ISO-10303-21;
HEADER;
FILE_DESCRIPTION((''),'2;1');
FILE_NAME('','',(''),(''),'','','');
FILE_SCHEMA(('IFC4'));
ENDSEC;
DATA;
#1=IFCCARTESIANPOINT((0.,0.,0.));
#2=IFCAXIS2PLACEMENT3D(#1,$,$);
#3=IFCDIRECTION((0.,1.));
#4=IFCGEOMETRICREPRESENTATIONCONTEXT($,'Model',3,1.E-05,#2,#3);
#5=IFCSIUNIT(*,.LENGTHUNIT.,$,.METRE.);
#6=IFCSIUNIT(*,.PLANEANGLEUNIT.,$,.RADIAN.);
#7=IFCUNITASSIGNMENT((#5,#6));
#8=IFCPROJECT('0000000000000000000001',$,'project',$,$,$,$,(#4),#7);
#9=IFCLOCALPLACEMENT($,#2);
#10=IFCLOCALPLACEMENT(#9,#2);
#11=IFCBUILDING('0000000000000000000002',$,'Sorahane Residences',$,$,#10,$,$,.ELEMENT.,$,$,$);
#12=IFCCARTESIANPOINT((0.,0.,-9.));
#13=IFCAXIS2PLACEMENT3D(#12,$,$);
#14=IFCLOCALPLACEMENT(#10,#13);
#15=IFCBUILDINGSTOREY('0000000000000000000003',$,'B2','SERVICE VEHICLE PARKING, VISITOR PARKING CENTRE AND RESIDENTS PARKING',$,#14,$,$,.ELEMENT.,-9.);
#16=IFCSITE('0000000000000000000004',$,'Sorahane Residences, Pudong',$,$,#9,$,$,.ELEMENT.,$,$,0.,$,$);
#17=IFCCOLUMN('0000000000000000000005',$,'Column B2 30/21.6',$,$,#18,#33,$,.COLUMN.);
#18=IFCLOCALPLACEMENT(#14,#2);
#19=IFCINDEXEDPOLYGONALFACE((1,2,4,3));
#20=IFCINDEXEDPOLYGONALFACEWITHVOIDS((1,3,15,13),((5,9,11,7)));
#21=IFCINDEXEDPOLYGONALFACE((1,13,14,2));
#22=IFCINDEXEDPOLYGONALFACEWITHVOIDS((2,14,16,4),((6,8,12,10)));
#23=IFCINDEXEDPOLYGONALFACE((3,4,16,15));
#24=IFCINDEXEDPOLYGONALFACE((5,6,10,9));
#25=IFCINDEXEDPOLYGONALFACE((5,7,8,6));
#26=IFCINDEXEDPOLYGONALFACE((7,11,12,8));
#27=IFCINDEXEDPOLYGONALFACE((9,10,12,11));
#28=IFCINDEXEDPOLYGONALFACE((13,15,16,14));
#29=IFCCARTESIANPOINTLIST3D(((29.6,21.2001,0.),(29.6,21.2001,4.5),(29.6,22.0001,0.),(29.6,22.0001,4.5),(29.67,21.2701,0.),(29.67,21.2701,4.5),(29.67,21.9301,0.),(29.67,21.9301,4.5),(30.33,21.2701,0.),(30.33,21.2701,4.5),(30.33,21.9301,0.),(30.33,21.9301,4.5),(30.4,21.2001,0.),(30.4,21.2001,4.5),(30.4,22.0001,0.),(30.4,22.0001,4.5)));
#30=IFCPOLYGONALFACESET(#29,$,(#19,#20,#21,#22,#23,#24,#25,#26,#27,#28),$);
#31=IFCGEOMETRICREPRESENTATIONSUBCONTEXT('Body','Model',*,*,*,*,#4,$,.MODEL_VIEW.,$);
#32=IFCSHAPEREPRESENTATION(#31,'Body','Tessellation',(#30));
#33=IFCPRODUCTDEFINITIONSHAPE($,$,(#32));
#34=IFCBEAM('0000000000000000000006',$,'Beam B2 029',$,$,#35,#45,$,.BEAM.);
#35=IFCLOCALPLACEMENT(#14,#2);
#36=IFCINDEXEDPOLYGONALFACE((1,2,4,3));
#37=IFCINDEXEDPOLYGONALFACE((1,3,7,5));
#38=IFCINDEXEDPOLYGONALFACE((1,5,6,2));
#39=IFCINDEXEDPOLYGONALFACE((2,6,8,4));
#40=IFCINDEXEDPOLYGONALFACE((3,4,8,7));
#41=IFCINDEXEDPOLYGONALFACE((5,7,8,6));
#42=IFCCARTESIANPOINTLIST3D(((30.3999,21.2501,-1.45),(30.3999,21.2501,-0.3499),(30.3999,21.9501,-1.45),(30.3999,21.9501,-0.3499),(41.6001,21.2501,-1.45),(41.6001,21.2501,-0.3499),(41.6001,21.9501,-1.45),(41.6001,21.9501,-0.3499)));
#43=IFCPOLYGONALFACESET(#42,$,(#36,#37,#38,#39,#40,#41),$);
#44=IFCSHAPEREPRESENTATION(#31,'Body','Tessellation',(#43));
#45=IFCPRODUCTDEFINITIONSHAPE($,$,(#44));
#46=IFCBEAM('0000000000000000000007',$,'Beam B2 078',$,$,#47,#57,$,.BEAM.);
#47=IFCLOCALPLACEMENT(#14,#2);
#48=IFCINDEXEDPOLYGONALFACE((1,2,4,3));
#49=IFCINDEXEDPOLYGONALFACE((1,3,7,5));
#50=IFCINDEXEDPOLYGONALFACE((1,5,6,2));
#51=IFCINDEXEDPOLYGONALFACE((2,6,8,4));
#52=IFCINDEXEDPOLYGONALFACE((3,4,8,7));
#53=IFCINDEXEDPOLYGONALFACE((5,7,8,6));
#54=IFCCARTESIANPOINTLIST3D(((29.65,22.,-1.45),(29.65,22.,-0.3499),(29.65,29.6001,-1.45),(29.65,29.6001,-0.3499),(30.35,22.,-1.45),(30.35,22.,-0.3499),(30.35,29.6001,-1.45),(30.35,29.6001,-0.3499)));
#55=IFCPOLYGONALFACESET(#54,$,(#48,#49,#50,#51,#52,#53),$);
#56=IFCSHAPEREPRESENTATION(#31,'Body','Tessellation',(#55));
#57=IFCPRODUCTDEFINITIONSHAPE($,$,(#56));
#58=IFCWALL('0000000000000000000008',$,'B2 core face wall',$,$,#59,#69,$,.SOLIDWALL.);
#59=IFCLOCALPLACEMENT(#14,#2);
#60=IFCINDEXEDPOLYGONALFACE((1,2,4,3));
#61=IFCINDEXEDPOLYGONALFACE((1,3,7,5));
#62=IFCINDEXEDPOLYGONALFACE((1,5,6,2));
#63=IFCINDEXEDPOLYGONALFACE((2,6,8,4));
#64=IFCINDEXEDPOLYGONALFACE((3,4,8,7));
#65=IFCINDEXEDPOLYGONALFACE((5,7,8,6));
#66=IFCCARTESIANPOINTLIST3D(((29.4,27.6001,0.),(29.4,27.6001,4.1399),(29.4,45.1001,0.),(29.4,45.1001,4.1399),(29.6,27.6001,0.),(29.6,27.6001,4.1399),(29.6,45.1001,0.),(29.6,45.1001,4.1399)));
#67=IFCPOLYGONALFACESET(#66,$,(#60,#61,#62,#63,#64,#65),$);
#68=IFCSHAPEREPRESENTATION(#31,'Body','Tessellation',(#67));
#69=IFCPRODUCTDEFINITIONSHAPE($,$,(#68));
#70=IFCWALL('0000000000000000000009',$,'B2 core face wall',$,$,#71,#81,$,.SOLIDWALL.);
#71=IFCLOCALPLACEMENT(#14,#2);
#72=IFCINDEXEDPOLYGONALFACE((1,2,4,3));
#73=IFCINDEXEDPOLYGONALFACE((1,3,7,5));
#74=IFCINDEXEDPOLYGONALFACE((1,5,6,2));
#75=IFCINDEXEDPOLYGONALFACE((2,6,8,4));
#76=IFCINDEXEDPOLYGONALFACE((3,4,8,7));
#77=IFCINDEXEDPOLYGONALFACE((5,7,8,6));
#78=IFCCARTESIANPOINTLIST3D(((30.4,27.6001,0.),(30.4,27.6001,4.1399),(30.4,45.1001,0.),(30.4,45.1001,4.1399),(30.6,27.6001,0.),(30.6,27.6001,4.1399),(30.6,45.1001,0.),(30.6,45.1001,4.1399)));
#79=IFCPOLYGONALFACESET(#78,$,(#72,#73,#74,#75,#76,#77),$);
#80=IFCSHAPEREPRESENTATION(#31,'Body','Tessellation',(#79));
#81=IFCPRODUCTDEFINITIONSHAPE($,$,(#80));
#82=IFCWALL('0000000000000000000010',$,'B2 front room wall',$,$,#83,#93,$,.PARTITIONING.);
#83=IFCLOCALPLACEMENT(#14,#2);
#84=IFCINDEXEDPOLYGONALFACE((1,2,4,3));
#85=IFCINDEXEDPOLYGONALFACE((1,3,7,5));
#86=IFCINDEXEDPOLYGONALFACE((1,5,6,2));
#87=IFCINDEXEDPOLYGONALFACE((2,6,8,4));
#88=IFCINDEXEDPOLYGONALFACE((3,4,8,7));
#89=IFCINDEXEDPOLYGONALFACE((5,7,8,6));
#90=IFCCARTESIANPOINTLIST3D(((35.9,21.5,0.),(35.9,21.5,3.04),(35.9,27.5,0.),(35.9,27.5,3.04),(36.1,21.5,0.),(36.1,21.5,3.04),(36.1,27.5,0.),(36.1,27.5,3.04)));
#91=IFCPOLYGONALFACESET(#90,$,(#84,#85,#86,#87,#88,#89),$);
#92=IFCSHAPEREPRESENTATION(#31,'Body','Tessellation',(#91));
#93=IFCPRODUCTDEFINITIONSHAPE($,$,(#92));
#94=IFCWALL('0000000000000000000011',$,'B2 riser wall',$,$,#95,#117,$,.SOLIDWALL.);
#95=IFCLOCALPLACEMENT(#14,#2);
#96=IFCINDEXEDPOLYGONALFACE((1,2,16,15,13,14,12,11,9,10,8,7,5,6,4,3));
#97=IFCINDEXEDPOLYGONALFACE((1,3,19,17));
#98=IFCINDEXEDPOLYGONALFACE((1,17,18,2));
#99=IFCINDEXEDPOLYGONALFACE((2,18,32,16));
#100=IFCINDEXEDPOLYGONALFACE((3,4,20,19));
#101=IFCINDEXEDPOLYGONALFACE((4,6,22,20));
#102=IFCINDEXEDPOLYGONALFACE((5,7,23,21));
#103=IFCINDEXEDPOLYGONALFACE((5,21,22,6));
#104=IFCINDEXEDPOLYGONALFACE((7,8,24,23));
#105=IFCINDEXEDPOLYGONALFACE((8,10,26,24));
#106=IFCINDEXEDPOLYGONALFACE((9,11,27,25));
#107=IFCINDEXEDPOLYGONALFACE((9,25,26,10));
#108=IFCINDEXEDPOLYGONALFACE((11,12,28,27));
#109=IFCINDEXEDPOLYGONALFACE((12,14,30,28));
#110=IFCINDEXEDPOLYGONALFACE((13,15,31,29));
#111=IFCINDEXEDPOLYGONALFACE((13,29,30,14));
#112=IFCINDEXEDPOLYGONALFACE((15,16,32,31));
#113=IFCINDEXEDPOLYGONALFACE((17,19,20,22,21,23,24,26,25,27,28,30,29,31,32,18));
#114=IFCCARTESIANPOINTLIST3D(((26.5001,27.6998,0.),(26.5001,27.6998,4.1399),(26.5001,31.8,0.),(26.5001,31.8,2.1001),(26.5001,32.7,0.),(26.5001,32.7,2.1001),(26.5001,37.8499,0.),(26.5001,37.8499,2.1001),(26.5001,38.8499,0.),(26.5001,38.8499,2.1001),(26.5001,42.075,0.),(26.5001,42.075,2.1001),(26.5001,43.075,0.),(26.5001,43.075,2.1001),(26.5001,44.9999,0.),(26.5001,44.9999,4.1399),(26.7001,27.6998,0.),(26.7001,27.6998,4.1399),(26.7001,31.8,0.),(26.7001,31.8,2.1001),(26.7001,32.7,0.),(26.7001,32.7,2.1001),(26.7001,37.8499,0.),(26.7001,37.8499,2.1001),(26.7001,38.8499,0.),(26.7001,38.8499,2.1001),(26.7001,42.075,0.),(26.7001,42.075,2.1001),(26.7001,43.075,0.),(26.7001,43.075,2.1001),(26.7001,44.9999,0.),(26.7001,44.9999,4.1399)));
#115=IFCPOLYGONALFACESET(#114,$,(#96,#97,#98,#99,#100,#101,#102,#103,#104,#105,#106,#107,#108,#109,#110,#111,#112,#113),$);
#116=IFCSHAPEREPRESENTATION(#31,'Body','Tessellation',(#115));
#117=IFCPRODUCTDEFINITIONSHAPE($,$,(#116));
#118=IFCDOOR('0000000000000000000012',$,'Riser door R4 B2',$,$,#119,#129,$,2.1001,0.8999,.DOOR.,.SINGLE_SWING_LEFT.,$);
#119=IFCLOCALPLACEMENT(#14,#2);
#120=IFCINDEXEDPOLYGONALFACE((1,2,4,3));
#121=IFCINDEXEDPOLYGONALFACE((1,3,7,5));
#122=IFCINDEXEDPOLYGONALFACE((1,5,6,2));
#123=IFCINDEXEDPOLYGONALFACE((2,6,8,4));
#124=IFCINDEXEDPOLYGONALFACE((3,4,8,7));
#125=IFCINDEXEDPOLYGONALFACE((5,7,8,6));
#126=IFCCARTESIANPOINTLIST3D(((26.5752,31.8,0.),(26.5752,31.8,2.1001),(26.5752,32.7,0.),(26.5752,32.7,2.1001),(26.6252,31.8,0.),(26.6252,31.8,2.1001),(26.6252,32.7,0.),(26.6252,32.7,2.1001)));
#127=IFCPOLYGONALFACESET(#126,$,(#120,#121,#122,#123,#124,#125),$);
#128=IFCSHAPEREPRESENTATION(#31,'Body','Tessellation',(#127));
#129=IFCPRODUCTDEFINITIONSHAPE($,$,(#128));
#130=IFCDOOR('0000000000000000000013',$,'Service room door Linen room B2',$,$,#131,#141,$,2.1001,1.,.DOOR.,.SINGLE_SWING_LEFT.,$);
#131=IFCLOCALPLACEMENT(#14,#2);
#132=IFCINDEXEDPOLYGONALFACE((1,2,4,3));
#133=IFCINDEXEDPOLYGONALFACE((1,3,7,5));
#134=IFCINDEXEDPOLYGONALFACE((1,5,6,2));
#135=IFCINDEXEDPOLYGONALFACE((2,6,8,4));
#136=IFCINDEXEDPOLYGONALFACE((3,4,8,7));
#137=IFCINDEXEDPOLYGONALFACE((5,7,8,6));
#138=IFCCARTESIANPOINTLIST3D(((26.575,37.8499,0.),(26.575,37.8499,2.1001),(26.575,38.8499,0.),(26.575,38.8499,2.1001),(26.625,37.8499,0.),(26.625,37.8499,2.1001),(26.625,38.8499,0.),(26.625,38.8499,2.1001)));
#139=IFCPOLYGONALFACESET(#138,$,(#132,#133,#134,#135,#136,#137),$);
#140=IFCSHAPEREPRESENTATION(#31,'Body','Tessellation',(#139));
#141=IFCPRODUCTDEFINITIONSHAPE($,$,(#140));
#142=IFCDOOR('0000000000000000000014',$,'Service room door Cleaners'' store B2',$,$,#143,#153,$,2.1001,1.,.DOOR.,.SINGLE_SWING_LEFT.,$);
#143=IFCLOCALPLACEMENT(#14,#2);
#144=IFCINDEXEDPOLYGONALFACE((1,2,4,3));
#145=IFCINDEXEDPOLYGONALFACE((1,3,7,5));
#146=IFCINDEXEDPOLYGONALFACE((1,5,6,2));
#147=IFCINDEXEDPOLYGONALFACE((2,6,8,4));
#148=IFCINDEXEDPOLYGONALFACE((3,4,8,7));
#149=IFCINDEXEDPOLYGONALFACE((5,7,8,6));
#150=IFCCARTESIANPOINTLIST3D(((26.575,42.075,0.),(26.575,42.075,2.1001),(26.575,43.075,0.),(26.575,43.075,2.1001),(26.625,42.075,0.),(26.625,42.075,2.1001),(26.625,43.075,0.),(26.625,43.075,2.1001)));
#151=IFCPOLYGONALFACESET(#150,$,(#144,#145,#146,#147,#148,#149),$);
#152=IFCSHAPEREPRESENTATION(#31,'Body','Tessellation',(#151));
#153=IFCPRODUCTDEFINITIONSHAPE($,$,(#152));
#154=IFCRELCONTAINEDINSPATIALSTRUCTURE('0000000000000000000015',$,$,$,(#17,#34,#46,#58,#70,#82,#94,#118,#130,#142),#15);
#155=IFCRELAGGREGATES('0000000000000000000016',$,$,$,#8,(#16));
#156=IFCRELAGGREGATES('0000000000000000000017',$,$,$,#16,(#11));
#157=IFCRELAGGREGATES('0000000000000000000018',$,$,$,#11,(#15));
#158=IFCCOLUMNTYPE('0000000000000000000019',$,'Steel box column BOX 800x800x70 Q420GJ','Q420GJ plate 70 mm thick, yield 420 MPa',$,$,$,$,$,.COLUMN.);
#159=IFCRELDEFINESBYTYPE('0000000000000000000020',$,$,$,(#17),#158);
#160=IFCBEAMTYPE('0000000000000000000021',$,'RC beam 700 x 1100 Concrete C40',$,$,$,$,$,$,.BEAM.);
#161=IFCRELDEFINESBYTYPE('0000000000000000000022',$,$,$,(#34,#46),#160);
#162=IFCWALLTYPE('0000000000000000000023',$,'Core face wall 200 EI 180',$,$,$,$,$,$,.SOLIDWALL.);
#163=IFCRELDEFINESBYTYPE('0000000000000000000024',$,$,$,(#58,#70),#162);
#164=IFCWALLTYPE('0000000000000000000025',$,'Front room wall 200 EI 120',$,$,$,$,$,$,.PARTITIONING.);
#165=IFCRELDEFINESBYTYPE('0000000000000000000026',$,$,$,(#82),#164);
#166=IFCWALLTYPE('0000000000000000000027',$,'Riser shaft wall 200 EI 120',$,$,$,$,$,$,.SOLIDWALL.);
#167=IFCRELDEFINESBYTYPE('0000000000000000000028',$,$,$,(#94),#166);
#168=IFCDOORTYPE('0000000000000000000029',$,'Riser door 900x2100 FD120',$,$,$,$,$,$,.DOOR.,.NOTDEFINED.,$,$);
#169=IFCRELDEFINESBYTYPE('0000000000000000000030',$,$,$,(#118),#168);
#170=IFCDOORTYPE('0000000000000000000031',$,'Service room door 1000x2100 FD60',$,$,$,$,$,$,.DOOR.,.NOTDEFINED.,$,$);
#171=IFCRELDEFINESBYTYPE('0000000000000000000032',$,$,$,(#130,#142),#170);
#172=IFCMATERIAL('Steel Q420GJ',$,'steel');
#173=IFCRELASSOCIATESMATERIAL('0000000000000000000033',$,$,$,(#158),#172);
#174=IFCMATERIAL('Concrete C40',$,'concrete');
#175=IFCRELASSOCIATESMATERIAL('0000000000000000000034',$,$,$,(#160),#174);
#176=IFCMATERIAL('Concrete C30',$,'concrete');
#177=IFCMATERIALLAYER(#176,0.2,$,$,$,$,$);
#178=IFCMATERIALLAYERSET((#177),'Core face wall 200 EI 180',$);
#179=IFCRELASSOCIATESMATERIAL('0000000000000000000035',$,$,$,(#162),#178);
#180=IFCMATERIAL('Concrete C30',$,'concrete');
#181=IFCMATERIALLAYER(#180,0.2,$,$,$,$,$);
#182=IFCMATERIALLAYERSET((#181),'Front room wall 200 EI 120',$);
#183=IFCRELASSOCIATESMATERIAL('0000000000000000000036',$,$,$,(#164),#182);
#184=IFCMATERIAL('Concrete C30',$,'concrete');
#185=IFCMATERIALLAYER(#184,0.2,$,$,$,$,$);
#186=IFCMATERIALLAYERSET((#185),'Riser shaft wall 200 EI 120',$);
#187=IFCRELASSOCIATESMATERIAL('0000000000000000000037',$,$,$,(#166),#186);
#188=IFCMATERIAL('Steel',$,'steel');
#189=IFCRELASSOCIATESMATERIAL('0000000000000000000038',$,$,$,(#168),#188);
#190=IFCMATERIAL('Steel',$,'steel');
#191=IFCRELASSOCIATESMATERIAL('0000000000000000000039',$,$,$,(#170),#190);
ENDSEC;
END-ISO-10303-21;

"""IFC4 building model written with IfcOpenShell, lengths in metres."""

from ifc_helpers import new_model, si_unit, direction, frame, frame_2d, origin, origin_2d, place, context, subcontext, project, spatial, rectangle, hollow_rectangle, extrude, material, layer, layer_set, material_profile, profile_set, type_object, element, fill, save


model = new_model("IFC4")

# Units and contexts
model_context = context("Model", 3, precision=1e-05, world=origin(), true_north=direction((0.0, 1.0)))
body_context = subcontext(model_context, "Body", "Model", "MODEL_VIEW")
ifc_project = project(units=[si_unit("LENGTHUNIT", "METRE"), si_unit("PLANEANGLEUNIT", "RADIAN")], contexts=[model_context])

# Site, building, storey
site_placement = place(None, origin())
site = spatial("IfcSite", under=ifc_project, at=site_placement, Name="Sorahane Residences, Pudong", CompositionType="ELEMENT", RefElevation=0.0)
building_placement = place(site_placement, origin())
building = spatial("IfcBuilding", under=site, at=building_placement, Name="Sorahane Residences", CompositionType="ELEMENT")
storey_placement = place(building_placement, frame((0.0, 0.0, -9.0)))
storey = spatial("IfcBuildingStorey", under=building, at=storey_placement, Name="B2", Description="SERVICE VEHICLE PARKING, VISITOR PARKING CENTRE AND RESIDENTS PARKING", CompositionType="ELEMENT", Elevation=-9.0)

# Column
ifc_material_1 = material(Name="Steel Q420GJ", Category="steel")
ifc_material_profile_1 = material_profile(ifc_material_1, hollow_rectangle(XDim=0.8, YDim=0.8, WallThickness=0.0701, at=origin_2d()), Name="BOX 800x800x70")
ifc_profile_set_1 = profile_set([ifc_material_profile_1], Name="Steel Q420GJ")
column_type = type_object("IfcColumnType", Name="Steel box column BOX 800x800x70 Q420GJ", Description="Q420GJ plate 70 mm thick, yield 420 MPa", PredefinedType="COLUMN", material=ifc_profile_set_1)
column_placement = place(storey_placement, frame((30.0, 21.6001, 0.0), z_axis=(0.0, 0.0, 1.0), x_axis=(1.0, 0.0, 0.0)))
element("IfcColumn", 1, at=column_placement, inside=storey, type_object=column_type, Name="Column B2 30/21.6", PredefinedType="COLUMN", context=body_context, shape_type="SweptSolid", body=[
    extrude(hollow_rectangle(XDim=0.8, YDim=0.8, WallThickness=0.0701, at=origin_2d()), origin(), (0.0, 0.0, 1.0), 4.5),
])

# Beams
ifc_material_2 = material(Name="Concrete C40", Category="concrete")
ifc_material_profile_2 = material_profile(ifc_material_2, rectangle(XDim=0.7, YDim=1.1001, at=origin_2d()), Name="700x1100")
ifc_profile_set_2 = profile_set([ifc_material_profile_2], Name="Concrete C40")
beam_type = type_object("IfcBeamType", Name="RC beam 700 x 1100 Concrete C40", PredefinedType="BEAM", material=ifc_profile_set_2)
beam_1_placement = place(storey_placement, frame((30.3999, 21.6001, -0.8999), z_axis=(1.0, 0.0, 0.0), x_axis=(0.0, 1.0, 0.0)))
element("IfcBeam", 2, at=beam_1_placement, inside=storey, type_object=beam_type, Name="Beam B2 029", PredefinedType="BEAM", context=body_context, shape_type="SweptSolid", body=[
    extrude(rectangle(XDim=0.7, YDim=1.1001, at=origin_2d()), origin(), (0.0, 0.0, 1.0), 11.2002),
])
beam_2_placement = place(storey_placement, frame((30.0, 22.0, -0.8999), z_axis=(0.0, 1.0, 0.0), x_axis=(-1.0, 0.0, 0.0)))
element("IfcBeam", 3, at=beam_2_placement, inside=storey, type_object=beam_type, Name="Beam B2 078", PredefinedType="BEAM", context=body_context, shape_type="SweptSolid", body=[
    extrude(rectangle(XDim=0.7, YDim=1.1001, at=origin_2d()), origin(), (0.0, 0.0, 1.0), 7.6001),
])

# Walls
ifc_material_3 = material(Name="Concrete C30", Category="concrete")
ifc_layer_1 = layer(ifc_material_3, 0.2)
ifc_layer_set_1 = layer_set([ifc_layer_1], Name="Core face wall 200 EI 180")
wall_type_1 = type_object("IfcWallType", Name="Core face wall 200 EI 180", PredefinedType="SOLIDWALL", material=ifc_layer_set_1)
for number, where, z_axis, x_axis, name in (
    (4, (29.5, 27.6001, 0.0), (0.0, 0.0, 1.0), (0.0, 1.0, 0.0), "B2 core face wall"),
    (5, (30.5, 27.6001, 0.0), (0.0, 0.0, 1.0), (0.0, 1.0, 0.0), "B2 core face wall"),
):
    element("IfcWall", number, at=place(storey_placement, frame(where, z_axis=z_axis, x_axis=x_axis)), inside=storey, type_object=wall_type_1, Name=name, PredefinedType="SOLIDWALL", context=body_context, shape_type="SweptSolid", body=[
        extrude(rectangle(XDim=17.5, YDim=0.2, at=frame_2d((8.75, 0.0))), origin(), (0.0, 0.0, 1.0), 4.1399),
    ])
ifc_material_4 = material(Name="Concrete C30", Category="concrete")
ifc_layer_2 = layer(ifc_material_4, 0.2)
ifc_layer_set_2 = layer_set([ifc_layer_2], Name="Front room wall 200 EI 120")
wall_type_2 = type_object("IfcWallType", Name="Front room wall 200 EI 120", PredefinedType="PARTITIONING", material=ifc_layer_set_2)
wall_1_placement = place(storey_placement, frame((36.0, 21.5, 0.0), z_axis=(0.0, 0.0, 1.0), x_axis=(0.0, 1.0, 0.0)))
element("IfcWall", 6, at=wall_1_placement, inside=storey, type_object=wall_type_2, Name="B2 front room wall", PredefinedType="PARTITIONING", context=body_context, shape_type="SweptSolid", body=[
    extrude(rectangle(XDim=6.0, YDim=0.2, at=frame_2d((3.0, 0.0))), origin(), (0.0, 0.0, 1.0), 3.04),
])

# Wall, openings, doors
ifc_material_5 = material(Name="Concrete C30", Category="concrete")
ifc_layer_3 = layer(ifc_material_5, 0.2)
ifc_layer_set_3 = layer_set([ifc_layer_3], Name="Riser shaft wall 200 EI 120")
wall_type_3 = type_object("IfcWallType", Name="Riser shaft wall 200 EI 120", PredefinedType="SOLIDWALL", material=ifc_layer_set_3)
wall_2_placement = place(storey_placement, frame((26.6001, 27.7, 0.0), z_axis=(0.0, 0.0, 1.0), x_axis=(0.0, 1.0, 0.0)))
wall_2 = element("IfcWall", 7, at=wall_2_placement, inside=storey, type_object=wall_type_3, Name="B2 riser wall", PredefinedType="SOLIDWALL", context=body_context, shape_type="SweptSolid", body=[
    extrude(rectangle(XDim=17.3, YDim=0.2, at=frame_2d((8.6499, 0.0))), origin(), (0.0, 0.0, 1.0), 4.1399),
])
opening_1_placement = place(wall_2_placement, frame((4.1001, 0.0, 0.0)))
opening_1 = element("IfcOpeningElement", 8, at=opening_1_placement, cuts=wall_2, PredefinedType="OPENING", context=body_context, shape_type="SweptSolid", body=[
    extrude(rectangle(XDim=0.8999, YDim=2.1001, at=frame_2d((0.45, 1.05))), frame((0.0, 0.1099, 0.0), z_axis=(0.0, -1.0, 0.0), x_axis=(1.0, 0.0, 0.0)), (0.0, 0.0, 1.0), 0.22),
])
opening_2_placement = place(wall_2_placement, frame((10.1499, 0.0, 0.0)))
opening_2 = element("IfcOpeningElement", 9, at=opening_2_placement, cuts=wall_2, PredefinedType="OPENING", context=body_context, shape_type="SweptSolid", body=[
    extrude(rectangle(XDim=1.0, YDim=2.1001, at=frame_2d((0.5, 1.05))), frame((0.0, 0.1099, 0.0), z_axis=(0.0, -1.0, 0.0), x_axis=(1.0, 0.0, 0.0)), (0.0, 0.0, 1.0), 0.22),
])
opening_3_placement = place(wall_2_placement, frame((14.375, 0.0, 0.0)))
opening_3 = element("IfcOpeningElement", 10, at=opening_3_placement, cuts=wall_2, PredefinedType="OPENING", context=body_context, shape_type="SweptSolid", body=[
    extrude(rectangle(XDim=1.0, YDim=2.1001, at=frame_2d((0.5, 1.05))), frame((0.0, 0.1099, 0.0), z_axis=(0.0, -1.0, 0.0), x_axis=(1.0, 0.0, 0.0)), (0.0, 0.0, 1.0), 0.22),
])
ifc_material_6 = material(Name="Steel", Category="steel")
door_type_1 = type_object("IfcDoorType", Name="Riser door 900x2100 FD120", OperationType="NOTDEFINED", PredefinedType="DOOR", material=ifc_material_6)
door_1_placement = place(opening_1_placement, origin())
door_1 = element("IfcDoor", 11, at=door_1_placement, inside=storey, type_object=door_type_1, Name="Riser door R4 B2", OperationType="SINGLE_SWING_LEFT", OverallHeight=2.1001, OverallWidth=0.8999, PredefinedType="DOOR", context=body_context, shape_type="SweptSolid", body=[
    extrude(rectangle(XDim=0.8999, YDim=2.1001, at=frame_2d((0.45, 1.05))), frame((0.0, 0.0249, 0.0), z_axis=(0.0, -1.0, 0.0), x_axis=(1.0, 0.0, 0.0)), (0.0, 0.0, 1.0), 0.05),
])
fill(opening_1, door_1)
ifc_material_7 = material(Name="Steel", Category="steel")
door_type_2 = type_object("IfcDoorType", Name="Service room door 1000x2100 FD60", OperationType="NOTDEFINED", PredefinedType="DOOR", material=ifc_material_7)
door_2_placement = place(opening_2_placement, frame((1.0, 0.0, 0.0), z_axis=(0.0, 0.0, 1.0), x_axis=(-1.0, 0.0, 0.0)))
door_2 = element("IfcDoor", 12, at=door_2_placement, inside=storey, type_object=door_type_2, Name="Service room door Linen room B2", OperationType="SINGLE_SWING_LEFT", OverallHeight=2.1001, OverallWidth=1.0, PredefinedType="DOOR", context=body_context, shape_type="SweptSolid", body=[
    extrude(rectangle(XDim=1.0, YDim=2.1001, at=frame_2d((0.5, 1.05))), frame((0.0, 0.0249, 0.0), z_axis=(0.0, -1.0, 0.0), x_axis=(1.0, 0.0, 0.0)), (0.0, 0.0, 1.0), 0.05),
])
fill(opening_2, door_2)
door_3_placement = place(opening_3_placement, frame((1.0, 0.0, 0.0), z_axis=(0.0, 0.0, 1.0), x_axis=(-1.0, 0.0, 0.0)))
door_3 = element("IfcDoor", 13, at=door_3_placement, inside=storey, type_object=door_type_2, Name="Service room door Cleaners' store B2", OperationType="SINGLE_SWING_LEFT", OverallHeight=2.1001, OverallWidth=1.0, PredefinedType="DOOR", context=body_context, shape_type="SweptSolid", body=[
    extrude(rectangle(XDim=1.0, YDim=2.1001, at=frame_2d((0.5, 1.05))), frame((0.0, 0.0249, 0.0), z_axis=(0.0, -1.0, 0.0), x_axis=(1.0, 0.0, 0.0)), (0.0, 0.0, 1.0), 0.05),
])
fill(opening_3, door_3)

save(model, "model.ifc")
